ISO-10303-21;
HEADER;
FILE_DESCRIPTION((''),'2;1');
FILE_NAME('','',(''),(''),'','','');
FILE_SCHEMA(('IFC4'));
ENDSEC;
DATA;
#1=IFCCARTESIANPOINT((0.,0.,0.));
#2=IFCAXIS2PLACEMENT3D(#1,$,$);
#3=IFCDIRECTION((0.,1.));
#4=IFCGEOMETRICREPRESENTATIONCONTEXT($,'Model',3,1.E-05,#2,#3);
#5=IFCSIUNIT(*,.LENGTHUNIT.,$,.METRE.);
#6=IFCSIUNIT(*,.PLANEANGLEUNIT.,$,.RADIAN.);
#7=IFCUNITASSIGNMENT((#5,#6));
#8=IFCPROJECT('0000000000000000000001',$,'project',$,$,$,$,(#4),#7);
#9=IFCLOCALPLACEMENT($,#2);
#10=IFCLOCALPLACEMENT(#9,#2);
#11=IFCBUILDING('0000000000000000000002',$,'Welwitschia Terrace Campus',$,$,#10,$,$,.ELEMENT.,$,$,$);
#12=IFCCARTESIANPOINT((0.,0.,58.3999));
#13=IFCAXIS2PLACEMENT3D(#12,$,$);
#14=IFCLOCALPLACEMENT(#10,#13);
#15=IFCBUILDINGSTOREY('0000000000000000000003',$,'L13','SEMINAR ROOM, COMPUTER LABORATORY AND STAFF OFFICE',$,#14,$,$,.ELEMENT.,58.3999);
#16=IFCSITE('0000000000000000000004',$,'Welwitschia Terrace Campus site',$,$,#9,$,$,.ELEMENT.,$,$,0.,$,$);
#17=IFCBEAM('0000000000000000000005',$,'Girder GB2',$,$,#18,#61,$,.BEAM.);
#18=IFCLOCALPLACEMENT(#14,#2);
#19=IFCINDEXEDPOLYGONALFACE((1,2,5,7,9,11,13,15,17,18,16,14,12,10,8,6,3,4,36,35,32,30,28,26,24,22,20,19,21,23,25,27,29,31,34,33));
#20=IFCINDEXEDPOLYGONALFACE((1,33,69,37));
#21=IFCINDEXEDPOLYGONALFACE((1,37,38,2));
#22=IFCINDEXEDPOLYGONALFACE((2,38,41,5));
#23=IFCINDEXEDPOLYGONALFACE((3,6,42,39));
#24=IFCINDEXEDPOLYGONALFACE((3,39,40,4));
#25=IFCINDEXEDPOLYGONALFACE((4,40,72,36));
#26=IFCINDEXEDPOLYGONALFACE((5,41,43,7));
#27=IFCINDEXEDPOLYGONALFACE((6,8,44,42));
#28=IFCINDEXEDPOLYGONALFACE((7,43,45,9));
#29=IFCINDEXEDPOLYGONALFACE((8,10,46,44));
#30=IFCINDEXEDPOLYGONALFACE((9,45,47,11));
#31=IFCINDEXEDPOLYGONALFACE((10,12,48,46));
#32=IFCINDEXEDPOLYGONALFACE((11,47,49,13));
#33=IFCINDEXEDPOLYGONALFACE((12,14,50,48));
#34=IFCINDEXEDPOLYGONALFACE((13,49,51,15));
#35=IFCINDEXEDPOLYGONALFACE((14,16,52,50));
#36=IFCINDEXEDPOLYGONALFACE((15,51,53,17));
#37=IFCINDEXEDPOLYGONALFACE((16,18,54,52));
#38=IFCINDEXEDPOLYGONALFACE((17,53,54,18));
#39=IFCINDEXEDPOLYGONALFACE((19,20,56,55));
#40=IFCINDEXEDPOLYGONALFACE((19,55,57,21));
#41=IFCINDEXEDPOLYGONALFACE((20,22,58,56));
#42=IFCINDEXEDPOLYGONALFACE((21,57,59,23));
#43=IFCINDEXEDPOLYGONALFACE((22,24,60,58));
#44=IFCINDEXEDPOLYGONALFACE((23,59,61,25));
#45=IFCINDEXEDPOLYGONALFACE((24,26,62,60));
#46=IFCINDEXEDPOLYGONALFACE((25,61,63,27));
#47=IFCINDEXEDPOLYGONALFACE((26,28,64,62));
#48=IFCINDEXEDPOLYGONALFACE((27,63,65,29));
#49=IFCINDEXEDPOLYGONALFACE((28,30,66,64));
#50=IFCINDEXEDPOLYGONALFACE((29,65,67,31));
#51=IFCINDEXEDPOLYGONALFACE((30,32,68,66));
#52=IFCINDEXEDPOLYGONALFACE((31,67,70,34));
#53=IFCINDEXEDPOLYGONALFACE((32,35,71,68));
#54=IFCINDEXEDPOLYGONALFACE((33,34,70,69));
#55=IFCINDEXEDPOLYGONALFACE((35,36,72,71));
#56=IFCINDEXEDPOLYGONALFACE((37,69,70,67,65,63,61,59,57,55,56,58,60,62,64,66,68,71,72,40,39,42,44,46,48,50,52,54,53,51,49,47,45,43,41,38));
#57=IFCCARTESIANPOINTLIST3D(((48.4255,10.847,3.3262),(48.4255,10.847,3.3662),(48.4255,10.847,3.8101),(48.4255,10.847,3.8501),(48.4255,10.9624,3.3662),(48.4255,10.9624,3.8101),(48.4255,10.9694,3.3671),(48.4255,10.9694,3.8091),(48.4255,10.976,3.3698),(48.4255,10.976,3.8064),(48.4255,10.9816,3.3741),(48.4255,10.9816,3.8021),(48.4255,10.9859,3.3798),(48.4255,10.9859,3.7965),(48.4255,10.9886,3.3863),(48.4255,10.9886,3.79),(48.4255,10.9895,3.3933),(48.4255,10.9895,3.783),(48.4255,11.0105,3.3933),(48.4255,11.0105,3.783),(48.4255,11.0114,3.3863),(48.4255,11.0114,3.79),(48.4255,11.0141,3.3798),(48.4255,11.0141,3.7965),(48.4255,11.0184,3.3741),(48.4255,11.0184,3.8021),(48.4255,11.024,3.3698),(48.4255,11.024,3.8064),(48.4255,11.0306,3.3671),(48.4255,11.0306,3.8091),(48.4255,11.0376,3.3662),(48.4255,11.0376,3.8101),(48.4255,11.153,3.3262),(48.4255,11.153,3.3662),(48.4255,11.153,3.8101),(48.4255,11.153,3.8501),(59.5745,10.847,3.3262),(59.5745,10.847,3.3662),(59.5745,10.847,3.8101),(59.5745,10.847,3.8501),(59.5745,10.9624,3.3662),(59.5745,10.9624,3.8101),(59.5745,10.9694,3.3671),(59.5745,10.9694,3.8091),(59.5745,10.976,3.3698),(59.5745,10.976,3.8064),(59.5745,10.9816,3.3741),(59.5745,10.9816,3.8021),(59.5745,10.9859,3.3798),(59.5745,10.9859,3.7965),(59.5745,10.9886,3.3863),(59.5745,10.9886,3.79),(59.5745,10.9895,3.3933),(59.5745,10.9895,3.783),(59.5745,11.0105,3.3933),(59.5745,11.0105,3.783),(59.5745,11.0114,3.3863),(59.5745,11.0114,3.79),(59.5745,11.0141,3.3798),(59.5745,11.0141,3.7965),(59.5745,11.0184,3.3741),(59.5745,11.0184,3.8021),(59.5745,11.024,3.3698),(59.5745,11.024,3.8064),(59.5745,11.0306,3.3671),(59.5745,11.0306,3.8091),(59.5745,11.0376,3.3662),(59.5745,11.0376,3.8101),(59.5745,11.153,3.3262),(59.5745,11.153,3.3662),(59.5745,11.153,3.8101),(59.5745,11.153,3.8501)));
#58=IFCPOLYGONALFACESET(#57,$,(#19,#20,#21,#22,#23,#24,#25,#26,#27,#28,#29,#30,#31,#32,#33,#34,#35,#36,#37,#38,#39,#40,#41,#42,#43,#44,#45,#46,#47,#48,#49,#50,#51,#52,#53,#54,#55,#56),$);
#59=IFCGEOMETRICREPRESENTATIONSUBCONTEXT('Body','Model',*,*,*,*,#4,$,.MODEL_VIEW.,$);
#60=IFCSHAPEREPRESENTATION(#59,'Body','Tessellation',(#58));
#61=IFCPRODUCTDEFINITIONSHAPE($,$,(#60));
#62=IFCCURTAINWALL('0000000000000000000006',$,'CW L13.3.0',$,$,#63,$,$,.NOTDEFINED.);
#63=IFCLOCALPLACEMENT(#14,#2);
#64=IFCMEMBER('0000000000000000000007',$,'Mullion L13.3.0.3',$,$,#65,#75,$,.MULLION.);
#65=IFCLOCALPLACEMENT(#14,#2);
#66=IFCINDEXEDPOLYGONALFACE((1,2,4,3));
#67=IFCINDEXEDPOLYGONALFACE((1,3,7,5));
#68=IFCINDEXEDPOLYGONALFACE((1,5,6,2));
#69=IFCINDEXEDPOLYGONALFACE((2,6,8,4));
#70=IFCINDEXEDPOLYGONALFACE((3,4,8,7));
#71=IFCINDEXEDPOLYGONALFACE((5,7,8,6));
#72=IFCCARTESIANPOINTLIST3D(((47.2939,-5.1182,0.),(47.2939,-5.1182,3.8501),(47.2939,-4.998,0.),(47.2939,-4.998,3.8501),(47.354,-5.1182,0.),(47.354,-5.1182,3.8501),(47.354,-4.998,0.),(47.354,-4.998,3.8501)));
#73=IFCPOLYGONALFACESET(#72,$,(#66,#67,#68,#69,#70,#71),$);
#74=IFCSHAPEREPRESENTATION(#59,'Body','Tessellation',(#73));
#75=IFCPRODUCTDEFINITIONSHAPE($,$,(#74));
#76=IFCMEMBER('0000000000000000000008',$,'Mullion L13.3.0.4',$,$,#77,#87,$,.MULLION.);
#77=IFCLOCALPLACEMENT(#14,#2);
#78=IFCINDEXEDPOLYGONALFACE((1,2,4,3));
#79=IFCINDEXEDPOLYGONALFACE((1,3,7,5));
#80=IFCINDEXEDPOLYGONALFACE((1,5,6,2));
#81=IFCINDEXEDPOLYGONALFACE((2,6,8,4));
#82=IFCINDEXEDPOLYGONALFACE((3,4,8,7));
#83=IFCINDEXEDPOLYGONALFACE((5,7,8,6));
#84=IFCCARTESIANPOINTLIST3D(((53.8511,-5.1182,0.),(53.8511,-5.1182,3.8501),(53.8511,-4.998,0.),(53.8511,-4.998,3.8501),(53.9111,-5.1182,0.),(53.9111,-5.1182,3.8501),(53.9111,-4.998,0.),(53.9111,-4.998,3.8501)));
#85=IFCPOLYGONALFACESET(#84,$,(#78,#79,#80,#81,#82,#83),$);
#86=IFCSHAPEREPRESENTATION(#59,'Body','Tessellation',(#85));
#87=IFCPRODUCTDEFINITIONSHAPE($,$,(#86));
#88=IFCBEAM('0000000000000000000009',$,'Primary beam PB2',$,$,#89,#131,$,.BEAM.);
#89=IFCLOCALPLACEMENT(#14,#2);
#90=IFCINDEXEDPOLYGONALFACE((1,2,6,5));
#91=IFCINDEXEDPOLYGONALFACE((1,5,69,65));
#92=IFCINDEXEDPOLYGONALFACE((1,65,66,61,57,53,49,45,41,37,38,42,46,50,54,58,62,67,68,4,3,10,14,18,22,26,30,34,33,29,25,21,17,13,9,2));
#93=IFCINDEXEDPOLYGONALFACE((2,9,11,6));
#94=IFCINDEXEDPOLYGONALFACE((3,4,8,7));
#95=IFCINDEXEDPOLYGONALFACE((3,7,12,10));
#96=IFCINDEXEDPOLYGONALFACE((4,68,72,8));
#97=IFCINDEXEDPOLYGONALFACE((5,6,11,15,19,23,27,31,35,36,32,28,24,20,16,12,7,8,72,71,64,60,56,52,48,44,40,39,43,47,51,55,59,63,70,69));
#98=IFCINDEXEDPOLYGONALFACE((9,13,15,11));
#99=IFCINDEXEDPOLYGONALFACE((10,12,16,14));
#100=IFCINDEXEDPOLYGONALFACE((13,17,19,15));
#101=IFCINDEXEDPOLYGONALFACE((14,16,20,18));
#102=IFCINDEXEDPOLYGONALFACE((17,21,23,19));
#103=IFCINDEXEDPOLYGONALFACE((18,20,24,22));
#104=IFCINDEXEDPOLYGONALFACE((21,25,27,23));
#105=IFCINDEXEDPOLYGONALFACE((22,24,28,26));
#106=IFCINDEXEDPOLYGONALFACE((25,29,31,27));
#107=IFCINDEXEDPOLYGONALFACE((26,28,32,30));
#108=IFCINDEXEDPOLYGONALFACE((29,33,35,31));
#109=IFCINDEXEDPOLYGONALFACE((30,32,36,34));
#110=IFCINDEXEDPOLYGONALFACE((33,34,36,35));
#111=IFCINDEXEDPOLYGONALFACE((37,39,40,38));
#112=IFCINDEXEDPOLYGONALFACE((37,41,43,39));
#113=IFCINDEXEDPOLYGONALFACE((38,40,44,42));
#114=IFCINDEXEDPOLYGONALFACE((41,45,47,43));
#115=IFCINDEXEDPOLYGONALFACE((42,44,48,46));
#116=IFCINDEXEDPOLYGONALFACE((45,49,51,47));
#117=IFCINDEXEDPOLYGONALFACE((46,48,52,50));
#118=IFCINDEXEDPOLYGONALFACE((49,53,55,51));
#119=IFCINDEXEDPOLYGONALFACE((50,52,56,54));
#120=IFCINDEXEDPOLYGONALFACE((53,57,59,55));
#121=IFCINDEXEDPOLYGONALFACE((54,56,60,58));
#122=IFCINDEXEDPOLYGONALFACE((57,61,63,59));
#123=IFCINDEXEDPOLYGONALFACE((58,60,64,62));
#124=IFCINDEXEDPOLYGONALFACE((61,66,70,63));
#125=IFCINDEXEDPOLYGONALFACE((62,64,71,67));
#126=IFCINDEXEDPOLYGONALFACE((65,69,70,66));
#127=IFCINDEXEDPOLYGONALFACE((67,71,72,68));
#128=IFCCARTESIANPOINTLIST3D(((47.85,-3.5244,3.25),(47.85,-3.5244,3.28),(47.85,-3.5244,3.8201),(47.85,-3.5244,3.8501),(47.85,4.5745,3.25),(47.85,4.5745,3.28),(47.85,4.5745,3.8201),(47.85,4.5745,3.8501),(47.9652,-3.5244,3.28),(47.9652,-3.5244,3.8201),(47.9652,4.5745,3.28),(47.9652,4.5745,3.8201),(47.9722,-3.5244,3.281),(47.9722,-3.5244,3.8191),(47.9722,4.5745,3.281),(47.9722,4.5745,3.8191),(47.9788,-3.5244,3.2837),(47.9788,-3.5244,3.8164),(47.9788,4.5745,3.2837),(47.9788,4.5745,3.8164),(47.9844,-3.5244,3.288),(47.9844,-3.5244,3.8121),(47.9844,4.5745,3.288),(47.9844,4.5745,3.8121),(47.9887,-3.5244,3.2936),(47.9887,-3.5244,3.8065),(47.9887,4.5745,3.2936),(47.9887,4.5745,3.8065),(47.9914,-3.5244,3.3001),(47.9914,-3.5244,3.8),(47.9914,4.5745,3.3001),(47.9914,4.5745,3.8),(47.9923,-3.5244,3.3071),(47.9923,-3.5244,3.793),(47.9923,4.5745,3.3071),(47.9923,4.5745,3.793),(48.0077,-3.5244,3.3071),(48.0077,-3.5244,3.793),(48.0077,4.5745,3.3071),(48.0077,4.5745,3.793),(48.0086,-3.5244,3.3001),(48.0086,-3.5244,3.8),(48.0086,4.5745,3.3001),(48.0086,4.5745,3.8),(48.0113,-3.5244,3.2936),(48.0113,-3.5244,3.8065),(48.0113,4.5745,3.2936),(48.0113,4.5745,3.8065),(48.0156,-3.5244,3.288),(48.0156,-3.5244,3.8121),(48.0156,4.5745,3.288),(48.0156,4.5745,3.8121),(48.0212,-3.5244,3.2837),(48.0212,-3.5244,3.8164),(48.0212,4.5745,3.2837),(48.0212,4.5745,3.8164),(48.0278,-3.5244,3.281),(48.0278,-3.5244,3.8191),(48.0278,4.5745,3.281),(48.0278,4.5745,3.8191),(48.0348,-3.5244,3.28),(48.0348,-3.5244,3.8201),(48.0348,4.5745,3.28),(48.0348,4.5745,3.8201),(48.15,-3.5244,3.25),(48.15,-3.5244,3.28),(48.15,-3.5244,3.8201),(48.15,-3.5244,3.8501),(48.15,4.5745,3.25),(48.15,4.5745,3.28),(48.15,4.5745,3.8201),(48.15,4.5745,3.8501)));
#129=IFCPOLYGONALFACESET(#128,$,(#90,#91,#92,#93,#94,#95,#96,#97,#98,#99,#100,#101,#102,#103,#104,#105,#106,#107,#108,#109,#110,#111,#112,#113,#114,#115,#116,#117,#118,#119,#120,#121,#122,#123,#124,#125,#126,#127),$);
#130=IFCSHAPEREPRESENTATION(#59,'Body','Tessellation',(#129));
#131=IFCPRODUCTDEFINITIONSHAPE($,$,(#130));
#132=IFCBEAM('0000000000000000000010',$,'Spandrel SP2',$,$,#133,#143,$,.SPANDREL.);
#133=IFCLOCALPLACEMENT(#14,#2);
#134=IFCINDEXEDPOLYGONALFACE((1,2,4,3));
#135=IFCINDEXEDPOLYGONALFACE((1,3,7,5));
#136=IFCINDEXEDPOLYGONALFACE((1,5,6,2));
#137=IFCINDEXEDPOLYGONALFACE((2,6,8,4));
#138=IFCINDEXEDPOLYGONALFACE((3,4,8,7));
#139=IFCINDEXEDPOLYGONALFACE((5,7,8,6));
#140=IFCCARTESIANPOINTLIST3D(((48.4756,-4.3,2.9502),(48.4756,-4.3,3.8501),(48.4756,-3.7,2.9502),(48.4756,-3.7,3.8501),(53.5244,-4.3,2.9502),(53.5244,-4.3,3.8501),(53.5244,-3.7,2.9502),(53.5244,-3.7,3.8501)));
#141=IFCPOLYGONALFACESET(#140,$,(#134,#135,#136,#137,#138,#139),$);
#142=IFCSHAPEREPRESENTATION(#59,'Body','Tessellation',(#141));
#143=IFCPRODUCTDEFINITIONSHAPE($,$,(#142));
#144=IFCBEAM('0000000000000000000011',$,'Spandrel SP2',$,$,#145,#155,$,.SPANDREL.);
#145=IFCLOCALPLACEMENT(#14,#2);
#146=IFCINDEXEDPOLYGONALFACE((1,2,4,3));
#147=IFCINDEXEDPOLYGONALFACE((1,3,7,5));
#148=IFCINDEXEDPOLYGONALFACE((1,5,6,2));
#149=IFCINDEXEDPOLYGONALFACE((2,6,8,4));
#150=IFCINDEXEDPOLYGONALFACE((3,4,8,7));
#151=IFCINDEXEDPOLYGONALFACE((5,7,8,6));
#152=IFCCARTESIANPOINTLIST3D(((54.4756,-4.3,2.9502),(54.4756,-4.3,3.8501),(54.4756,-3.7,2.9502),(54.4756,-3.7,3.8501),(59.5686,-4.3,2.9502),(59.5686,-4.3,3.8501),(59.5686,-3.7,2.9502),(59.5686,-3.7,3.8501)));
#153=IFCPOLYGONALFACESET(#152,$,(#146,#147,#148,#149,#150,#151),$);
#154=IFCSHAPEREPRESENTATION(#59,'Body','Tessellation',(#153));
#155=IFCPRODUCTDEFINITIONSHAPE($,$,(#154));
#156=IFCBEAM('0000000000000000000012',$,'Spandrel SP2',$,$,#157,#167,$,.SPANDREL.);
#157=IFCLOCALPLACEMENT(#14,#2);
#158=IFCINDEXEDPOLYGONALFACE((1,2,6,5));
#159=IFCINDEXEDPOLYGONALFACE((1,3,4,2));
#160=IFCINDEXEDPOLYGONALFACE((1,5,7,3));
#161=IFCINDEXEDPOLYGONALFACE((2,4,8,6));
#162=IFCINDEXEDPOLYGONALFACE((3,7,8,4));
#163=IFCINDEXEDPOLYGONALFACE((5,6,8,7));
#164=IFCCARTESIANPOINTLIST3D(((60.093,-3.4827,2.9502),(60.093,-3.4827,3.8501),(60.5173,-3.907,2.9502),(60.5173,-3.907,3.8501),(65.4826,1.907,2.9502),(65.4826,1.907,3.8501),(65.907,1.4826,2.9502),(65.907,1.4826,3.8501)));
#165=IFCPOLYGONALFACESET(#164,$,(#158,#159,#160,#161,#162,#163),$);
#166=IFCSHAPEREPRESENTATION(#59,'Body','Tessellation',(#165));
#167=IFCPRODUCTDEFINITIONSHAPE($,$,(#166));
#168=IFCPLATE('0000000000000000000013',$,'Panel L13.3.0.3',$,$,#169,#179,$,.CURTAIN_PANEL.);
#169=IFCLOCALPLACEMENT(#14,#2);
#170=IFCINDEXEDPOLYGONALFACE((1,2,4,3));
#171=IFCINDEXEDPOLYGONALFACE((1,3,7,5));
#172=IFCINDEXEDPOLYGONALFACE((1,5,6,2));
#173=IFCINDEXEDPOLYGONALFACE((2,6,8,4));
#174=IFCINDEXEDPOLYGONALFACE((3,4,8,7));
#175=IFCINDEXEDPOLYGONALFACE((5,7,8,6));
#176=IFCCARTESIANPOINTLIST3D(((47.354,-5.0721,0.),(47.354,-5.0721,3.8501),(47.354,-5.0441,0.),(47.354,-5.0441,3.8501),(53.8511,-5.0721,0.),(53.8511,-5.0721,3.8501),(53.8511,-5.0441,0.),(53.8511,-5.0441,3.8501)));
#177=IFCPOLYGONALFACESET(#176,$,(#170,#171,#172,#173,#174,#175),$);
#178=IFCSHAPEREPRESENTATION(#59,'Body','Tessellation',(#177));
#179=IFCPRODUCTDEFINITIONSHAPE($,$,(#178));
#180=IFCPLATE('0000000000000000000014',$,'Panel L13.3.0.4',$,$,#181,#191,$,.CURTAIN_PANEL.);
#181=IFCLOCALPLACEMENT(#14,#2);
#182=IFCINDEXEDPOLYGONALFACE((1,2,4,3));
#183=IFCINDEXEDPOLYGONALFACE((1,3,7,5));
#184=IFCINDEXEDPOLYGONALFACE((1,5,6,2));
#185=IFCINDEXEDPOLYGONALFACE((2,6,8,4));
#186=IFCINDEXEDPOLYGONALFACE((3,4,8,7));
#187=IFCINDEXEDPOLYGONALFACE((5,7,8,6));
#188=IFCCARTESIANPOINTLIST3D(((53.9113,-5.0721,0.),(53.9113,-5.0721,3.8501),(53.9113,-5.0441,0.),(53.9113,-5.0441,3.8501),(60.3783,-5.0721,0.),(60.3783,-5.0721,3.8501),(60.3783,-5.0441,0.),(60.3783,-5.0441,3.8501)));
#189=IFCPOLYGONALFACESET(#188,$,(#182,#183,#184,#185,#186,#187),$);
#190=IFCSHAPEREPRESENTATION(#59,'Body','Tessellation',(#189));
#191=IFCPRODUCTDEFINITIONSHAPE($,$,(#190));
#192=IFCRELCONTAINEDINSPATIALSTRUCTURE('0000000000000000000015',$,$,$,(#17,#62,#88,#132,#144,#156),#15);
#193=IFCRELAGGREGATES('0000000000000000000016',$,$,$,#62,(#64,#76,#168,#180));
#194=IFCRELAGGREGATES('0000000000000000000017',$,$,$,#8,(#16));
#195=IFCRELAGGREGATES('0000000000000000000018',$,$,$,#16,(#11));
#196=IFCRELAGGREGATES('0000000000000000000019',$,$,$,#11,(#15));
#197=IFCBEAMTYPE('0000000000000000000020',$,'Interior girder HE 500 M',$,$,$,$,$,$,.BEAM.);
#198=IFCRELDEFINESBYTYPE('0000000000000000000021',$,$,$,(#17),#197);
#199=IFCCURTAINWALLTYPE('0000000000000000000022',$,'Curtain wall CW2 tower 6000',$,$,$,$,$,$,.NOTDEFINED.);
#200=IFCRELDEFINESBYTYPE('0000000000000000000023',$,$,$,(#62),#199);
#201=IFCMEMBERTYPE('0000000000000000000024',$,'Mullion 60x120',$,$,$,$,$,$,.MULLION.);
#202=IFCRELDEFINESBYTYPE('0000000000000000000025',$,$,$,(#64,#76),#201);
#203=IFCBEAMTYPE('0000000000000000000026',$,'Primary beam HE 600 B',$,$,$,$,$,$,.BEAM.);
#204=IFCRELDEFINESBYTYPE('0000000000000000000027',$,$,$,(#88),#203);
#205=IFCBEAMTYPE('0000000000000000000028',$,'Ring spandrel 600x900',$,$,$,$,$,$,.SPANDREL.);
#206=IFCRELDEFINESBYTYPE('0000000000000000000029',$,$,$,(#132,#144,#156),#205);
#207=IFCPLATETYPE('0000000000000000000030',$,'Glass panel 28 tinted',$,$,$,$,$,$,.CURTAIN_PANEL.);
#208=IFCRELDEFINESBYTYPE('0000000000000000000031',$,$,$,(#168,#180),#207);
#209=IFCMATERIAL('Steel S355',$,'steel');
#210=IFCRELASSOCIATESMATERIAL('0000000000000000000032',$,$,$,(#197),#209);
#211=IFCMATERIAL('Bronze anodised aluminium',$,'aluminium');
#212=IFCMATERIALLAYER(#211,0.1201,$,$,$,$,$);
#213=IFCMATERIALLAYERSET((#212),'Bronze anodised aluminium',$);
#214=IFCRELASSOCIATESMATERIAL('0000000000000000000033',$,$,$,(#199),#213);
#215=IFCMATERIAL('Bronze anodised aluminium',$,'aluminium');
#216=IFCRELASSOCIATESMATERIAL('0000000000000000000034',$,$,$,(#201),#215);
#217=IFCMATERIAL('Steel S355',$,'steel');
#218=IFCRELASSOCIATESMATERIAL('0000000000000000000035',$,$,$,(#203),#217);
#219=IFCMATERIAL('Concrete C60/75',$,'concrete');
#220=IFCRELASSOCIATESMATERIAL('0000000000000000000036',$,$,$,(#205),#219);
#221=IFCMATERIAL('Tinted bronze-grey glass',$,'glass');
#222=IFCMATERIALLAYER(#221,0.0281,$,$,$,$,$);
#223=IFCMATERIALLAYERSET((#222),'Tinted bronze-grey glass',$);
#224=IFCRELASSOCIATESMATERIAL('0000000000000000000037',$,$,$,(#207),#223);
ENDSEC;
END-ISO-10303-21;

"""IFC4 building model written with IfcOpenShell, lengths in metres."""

from ifc_helpers import new_model, si_unit, direction, frame, origin, origin_2d, place, context, subcontext, project, spatial, rectangle, i_section, extrude, material, layer, layer_set, material_profile, profile_set, type_object, element, aggregate, save


model = new_model("IFC4")

# Units and contexts
model_context = context("Model", 3, precision=1e-05, world=origin(), true_north=direction((0.0, 1.0)))
body_context = subcontext(model_context, "Body", "Model", "MODEL_VIEW")
ifc_project = project(units=[si_unit("LENGTHUNIT", "METRE"), si_unit("PLANEANGLEUNIT", "RADIAN")], contexts=[model_context])

# Site, building, storey
site_placement = place(None, origin())
site = spatial("IfcSite", under=ifc_project, at=site_placement, Name="Welwitschia Terrace Campus site", CompositionType="ELEMENT", RefElevation=0.0)
building_placement = place(site_placement, origin())
building = spatial("IfcBuilding", under=site, at=building_placement, Name="Welwitschia Terrace Campus", CompositionType="ELEMENT")
storey_placement = place(building_placement, frame((0.0, 0.0, 58.3999)))
storey = spatial("IfcBuildingStorey", under=building, at=storey_placement, Name="L13", Description="SEMINAR ROOM, COMPUTER LABORATORY AND STAFF OFFICE", CompositionType="ELEMENT", Elevation=58.3999)

# Beam
ifc_material_1 = material(Name="Steel S355", Category="steel")
ifc_material_profile_1 = material_profile(ifc_material_1, i_section(OverallWidth=0.3059, OverallDepth=0.5239, WebThickness=0.021, FlangeThickness=0.04, FilletRadius=0.0271, at=origin_2d()))
ifc_profile_set_1 = profile_set([ifc_material_profile_1], Name="Steel S355")
beam_type_1 = type_object("IfcBeamType", Name="Interior girder HE 500 M", PredefinedType="BEAM", material=ifc_profile_set_1)
for number, where, z_axis, x_axis, name in (
    (1, (48.4255, 11.0, 3.5881), (1.0, 0.0, 0.0), (0.0, 1.0, 0.0), "Girder GB2"),
):
    element("IfcBeam", number, at=place(storey_placement, frame(where, z_axis=z_axis, x_axis=x_axis)), inside=storey, type_object=beam_type_1, Name=name, PredefinedType="BEAM", context=body_context, shape_type="SweptSolid", body=[
        extrude(i_section(OverallWidth=0.3059, OverallDepth=0.5239, WebThickness=0.021, FlangeThickness=0.04, FilletRadius=0.0271, at=origin_2d()), origin(), (0.0, 0.0, 1.0), 11.1489),
    ])

# Curtain wall, members
ifc_material_2 = material(Name="Bronze anodised aluminium", Category="aluminium")
ifc_layer_1 = layer(ifc_material_2, 0.1201)
ifc_layer_set_1 = layer_set([ifc_layer_1], Name="Bronze anodised aluminium")
curtain_wall_type = type_object("IfcCurtainWallType", Name="Curtain wall CW2 tower 6000", PredefinedType="NOTDEFINED", material=ifc_layer_set_1)
curtain_wall_placement = place(storey_placement, origin())
curtain_wall = element("IfcCurtainWall", 2, at=curtain_wall_placement, inside=storey, type_object=curtain_wall_type, Name="CW L13.3.0", PredefinedType="NOTDEFINED")
ifc_material_3 = material(Name="Bronze anodised aluminium", Category="aluminium")
ifc_material_profile_2 = material_profile(ifc_material_3, rectangle(XDim=0.1201, YDim=0.0601, at=origin_2d()))
ifc_profile_set_2 = profile_set([ifc_material_profile_2], Name="Bronze anodised aluminium")
member_type = type_object("IfcMemberType", Name="Mullion 60x120", PredefinedType="MULLION", material=ifc_profile_set_2)
member_1_placement = place(storey_placement, frame((47.324, -5.0581, 0.0), z_axis=(0.0, 0.0, 1.0), x_axis=(0.0, 1.0, 0.0)))
member_1 = element("IfcMember", 3, at=member_1_placement, type_object=member_type, Name="Mullion L13.3.0.3", PredefinedType="MULLION", context=body_context, shape_type="SweptSolid", body=[
    extrude(rectangle(XDim=0.1201, YDim=0.0601, at=origin_2d()), origin(), (0.0, 0.0, 1.0), 3.8501),
])
member_2_placement = place(storey_placement, frame((53.8811, -5.0581, 0.0), z_axis=(0.0, 0.0, 1.0), x_axis=(0.0, 1.0, 0.0)))
member_2 = element("IfcMember", 4, at=member_2_placement, type_object=member_type, Name="Mullion L13.3.0.4", PredefinedType="MULLION", context=body_context, shape_type="SweptSolid", body=[
    extrude(rectangle(XDim=0.1201, YDim=0.0601, at=origin_2d()), origin(), (0.0, 0.0, 1.0), 3.8501),
])

# Beams
ifc_material_4 = material(Name="Steel S355", Category="steel")
ifc_material_profile_3 = material_profile(ifc_material_4, i_section(OverallWidth=0.3, OverallDepth=0.6001, WebThickness=0.0154, FlangeThickness=0.03, FilletRadius=0.0271, at=origin_2d()))
ifc_profile_set_3 = profile_set([ifc_material_profile_3], Name="Steel S355")
beam_type_2 = type_object("IfcBeamType", Name="Primary beam HE 600 B", PredefinedType="BEAM", material=ifc_profile_set_3)
beam_1_placement = place(storey_placement, frame((48.0, -3.5244, 3.55), z_axis=(0.0, 1.0, 0.0), x_axis=(-1.0, 0.0, 0.0)))
element("IfcBeam", 5, at=beam_1_placement, inside=storey, type_object=beam_type_2, Name="Primary beam PB2", PredefinedType="BEAM", context=body_context, shape_type="SweptSolid", body=[
    extrude(i_section(OverallWidth=0.3, OverallDepth=0.6001, WebThickness=0.0154, FlangeThickness=0.03, FilletRadius=0.0271, at=origin_2d()), origin(), (0.0, 0.0, 1.0), 8.0989),
])
ifc_material_5 = material(Name="Concrete C60/75", Category="concrete")
ifc_material_profile_4 = material_profile(ifc_material_5, rectangle(XDim=0.6001, YDim=0.8999, at=origin_2d()))
ifc_profile_set_4 = profile_set([ifc_material_profile_4], Name="Concrete C60/75")
beam_type_3 = type_object("IfcBeamType", Name="Ring spandrel 600x900", PredefinedType="SPANDREL", material=ifc_profile_set_4)
beam_2_placement = place(storey_placement, frame((48.4756, -4.0, 3.4001), z_axis=(1.0, 0.0, 0.0), x_axis=(0.0, 1.0, 0.0)))
element("IfcBeam", 6, at=beam_2_placement, inside=storey, type_object=beam_type_3, Name="Spandrel SP2", PredefinedType="SPANDREL", context=body_context, shape_type="SweptSolid", body=[
    extrude(rectangle(XDim=0.6001, YDim=0.8999, at=origin_2d()), origin(), (0.0, 0.0, 1.0), 5.0488),
])
beam_3_placement = place(storey_placement, frame((54.4756, -4.0, 3.4001), z_axis=(1.0, 0.0, 0.0), x_axis=(0.0, 1.0, 0.0)))
element("IfcBeam", 7, at=beam_3_placement, inside=storey, type_object=beam_type_3, Name="Spandrel SP2", PredefinedType="SPANDREL", context=body_context, shape_type="SweptSolid", body=[
    extrude(rectangle(XDim=0.6001, YDim=0.8999, at=origin_2d()), origin(), (0.0, 0.0, 1.0), 5.093),
])
beam_4_placement = place(storey_placement, frame((60.3052, -3.6948, 3.4001), z_axis=(0.707107, 0.707107, 0.0), x_axis=(-0.707107, 0.707107, 0.0)))
element("IfcBeam", 8, at=beam_4_placement, inside=storey, type_object=beam_type_3, Name="Spandrel SP2", PredefinedType="SPANDREL", context=body_context, shape_type="SweptSolid", body=[
    extrude(rectangle(XDim=0.6001, YDim=0.8999, at=origin_2d()), origin(), (0.0, 0.0, 1.0), 7.6221),
])

# Plates
ifc_material_6 = material(Name="Tinted bronze-grey glass", Category="glass")
ifc_layer_2 = layer(ifc_material_6, 0.0281)
ifc_layer_set_2 = layer_set([ifc_layer_2], Name="Tinted bronze-grey glass")
plate_type = type_object("IfcPlateType", Name="Glass panel 28 tinted", PredefinedType="CURTAIN_PANEL", material=ifc_layer_set_2)
plate_1_placement = place(storey_placement, frame((50.6025, -5.0581, 0.0), z_axis=(0.0, 0.0, 1.0), x_axis=(1.0, 0.0, 0.0)))
plate_1 = element("IfcPlate", 9, at=plate_1_placement, type_object=plate_type, Name="Panel L13.3.0.3", PredefinedType="CURTAIN_PANEL", context=body_context, shape_type="SweptSolid", body=[
    extrude(rectangle(XDim=6.4971, YDim=0.0281, at=origin_2d()), origin(), (0.0, 0.0, 1.0), 3.8501),
])
plate_2_placement = place(storey_placement, frame((57.1448, -5.0581, 0.0), z_axis=(0.0, 0.0, 1.0), x_axis=(1.0, 0.0, 0.0)))
plate_2 = element("IfcPlate", 10, at=plate_2_placement, type_object=plate_type, Name="Panel L13.3.0.4", PredefinedType="CURTAIN_PANEL", context=body_context, shape_type="SweptSolid", body=[
    extrude(rectangle(XDim=6.467, YDim=0.0281, at=origin_2d()), origin(), (0.0, 0.0, 1.0), 3.8501),
])
aggregate(curtain_wall, [member_1, member_2, plate_1, plate_2])

save(model, "model.ifc")
